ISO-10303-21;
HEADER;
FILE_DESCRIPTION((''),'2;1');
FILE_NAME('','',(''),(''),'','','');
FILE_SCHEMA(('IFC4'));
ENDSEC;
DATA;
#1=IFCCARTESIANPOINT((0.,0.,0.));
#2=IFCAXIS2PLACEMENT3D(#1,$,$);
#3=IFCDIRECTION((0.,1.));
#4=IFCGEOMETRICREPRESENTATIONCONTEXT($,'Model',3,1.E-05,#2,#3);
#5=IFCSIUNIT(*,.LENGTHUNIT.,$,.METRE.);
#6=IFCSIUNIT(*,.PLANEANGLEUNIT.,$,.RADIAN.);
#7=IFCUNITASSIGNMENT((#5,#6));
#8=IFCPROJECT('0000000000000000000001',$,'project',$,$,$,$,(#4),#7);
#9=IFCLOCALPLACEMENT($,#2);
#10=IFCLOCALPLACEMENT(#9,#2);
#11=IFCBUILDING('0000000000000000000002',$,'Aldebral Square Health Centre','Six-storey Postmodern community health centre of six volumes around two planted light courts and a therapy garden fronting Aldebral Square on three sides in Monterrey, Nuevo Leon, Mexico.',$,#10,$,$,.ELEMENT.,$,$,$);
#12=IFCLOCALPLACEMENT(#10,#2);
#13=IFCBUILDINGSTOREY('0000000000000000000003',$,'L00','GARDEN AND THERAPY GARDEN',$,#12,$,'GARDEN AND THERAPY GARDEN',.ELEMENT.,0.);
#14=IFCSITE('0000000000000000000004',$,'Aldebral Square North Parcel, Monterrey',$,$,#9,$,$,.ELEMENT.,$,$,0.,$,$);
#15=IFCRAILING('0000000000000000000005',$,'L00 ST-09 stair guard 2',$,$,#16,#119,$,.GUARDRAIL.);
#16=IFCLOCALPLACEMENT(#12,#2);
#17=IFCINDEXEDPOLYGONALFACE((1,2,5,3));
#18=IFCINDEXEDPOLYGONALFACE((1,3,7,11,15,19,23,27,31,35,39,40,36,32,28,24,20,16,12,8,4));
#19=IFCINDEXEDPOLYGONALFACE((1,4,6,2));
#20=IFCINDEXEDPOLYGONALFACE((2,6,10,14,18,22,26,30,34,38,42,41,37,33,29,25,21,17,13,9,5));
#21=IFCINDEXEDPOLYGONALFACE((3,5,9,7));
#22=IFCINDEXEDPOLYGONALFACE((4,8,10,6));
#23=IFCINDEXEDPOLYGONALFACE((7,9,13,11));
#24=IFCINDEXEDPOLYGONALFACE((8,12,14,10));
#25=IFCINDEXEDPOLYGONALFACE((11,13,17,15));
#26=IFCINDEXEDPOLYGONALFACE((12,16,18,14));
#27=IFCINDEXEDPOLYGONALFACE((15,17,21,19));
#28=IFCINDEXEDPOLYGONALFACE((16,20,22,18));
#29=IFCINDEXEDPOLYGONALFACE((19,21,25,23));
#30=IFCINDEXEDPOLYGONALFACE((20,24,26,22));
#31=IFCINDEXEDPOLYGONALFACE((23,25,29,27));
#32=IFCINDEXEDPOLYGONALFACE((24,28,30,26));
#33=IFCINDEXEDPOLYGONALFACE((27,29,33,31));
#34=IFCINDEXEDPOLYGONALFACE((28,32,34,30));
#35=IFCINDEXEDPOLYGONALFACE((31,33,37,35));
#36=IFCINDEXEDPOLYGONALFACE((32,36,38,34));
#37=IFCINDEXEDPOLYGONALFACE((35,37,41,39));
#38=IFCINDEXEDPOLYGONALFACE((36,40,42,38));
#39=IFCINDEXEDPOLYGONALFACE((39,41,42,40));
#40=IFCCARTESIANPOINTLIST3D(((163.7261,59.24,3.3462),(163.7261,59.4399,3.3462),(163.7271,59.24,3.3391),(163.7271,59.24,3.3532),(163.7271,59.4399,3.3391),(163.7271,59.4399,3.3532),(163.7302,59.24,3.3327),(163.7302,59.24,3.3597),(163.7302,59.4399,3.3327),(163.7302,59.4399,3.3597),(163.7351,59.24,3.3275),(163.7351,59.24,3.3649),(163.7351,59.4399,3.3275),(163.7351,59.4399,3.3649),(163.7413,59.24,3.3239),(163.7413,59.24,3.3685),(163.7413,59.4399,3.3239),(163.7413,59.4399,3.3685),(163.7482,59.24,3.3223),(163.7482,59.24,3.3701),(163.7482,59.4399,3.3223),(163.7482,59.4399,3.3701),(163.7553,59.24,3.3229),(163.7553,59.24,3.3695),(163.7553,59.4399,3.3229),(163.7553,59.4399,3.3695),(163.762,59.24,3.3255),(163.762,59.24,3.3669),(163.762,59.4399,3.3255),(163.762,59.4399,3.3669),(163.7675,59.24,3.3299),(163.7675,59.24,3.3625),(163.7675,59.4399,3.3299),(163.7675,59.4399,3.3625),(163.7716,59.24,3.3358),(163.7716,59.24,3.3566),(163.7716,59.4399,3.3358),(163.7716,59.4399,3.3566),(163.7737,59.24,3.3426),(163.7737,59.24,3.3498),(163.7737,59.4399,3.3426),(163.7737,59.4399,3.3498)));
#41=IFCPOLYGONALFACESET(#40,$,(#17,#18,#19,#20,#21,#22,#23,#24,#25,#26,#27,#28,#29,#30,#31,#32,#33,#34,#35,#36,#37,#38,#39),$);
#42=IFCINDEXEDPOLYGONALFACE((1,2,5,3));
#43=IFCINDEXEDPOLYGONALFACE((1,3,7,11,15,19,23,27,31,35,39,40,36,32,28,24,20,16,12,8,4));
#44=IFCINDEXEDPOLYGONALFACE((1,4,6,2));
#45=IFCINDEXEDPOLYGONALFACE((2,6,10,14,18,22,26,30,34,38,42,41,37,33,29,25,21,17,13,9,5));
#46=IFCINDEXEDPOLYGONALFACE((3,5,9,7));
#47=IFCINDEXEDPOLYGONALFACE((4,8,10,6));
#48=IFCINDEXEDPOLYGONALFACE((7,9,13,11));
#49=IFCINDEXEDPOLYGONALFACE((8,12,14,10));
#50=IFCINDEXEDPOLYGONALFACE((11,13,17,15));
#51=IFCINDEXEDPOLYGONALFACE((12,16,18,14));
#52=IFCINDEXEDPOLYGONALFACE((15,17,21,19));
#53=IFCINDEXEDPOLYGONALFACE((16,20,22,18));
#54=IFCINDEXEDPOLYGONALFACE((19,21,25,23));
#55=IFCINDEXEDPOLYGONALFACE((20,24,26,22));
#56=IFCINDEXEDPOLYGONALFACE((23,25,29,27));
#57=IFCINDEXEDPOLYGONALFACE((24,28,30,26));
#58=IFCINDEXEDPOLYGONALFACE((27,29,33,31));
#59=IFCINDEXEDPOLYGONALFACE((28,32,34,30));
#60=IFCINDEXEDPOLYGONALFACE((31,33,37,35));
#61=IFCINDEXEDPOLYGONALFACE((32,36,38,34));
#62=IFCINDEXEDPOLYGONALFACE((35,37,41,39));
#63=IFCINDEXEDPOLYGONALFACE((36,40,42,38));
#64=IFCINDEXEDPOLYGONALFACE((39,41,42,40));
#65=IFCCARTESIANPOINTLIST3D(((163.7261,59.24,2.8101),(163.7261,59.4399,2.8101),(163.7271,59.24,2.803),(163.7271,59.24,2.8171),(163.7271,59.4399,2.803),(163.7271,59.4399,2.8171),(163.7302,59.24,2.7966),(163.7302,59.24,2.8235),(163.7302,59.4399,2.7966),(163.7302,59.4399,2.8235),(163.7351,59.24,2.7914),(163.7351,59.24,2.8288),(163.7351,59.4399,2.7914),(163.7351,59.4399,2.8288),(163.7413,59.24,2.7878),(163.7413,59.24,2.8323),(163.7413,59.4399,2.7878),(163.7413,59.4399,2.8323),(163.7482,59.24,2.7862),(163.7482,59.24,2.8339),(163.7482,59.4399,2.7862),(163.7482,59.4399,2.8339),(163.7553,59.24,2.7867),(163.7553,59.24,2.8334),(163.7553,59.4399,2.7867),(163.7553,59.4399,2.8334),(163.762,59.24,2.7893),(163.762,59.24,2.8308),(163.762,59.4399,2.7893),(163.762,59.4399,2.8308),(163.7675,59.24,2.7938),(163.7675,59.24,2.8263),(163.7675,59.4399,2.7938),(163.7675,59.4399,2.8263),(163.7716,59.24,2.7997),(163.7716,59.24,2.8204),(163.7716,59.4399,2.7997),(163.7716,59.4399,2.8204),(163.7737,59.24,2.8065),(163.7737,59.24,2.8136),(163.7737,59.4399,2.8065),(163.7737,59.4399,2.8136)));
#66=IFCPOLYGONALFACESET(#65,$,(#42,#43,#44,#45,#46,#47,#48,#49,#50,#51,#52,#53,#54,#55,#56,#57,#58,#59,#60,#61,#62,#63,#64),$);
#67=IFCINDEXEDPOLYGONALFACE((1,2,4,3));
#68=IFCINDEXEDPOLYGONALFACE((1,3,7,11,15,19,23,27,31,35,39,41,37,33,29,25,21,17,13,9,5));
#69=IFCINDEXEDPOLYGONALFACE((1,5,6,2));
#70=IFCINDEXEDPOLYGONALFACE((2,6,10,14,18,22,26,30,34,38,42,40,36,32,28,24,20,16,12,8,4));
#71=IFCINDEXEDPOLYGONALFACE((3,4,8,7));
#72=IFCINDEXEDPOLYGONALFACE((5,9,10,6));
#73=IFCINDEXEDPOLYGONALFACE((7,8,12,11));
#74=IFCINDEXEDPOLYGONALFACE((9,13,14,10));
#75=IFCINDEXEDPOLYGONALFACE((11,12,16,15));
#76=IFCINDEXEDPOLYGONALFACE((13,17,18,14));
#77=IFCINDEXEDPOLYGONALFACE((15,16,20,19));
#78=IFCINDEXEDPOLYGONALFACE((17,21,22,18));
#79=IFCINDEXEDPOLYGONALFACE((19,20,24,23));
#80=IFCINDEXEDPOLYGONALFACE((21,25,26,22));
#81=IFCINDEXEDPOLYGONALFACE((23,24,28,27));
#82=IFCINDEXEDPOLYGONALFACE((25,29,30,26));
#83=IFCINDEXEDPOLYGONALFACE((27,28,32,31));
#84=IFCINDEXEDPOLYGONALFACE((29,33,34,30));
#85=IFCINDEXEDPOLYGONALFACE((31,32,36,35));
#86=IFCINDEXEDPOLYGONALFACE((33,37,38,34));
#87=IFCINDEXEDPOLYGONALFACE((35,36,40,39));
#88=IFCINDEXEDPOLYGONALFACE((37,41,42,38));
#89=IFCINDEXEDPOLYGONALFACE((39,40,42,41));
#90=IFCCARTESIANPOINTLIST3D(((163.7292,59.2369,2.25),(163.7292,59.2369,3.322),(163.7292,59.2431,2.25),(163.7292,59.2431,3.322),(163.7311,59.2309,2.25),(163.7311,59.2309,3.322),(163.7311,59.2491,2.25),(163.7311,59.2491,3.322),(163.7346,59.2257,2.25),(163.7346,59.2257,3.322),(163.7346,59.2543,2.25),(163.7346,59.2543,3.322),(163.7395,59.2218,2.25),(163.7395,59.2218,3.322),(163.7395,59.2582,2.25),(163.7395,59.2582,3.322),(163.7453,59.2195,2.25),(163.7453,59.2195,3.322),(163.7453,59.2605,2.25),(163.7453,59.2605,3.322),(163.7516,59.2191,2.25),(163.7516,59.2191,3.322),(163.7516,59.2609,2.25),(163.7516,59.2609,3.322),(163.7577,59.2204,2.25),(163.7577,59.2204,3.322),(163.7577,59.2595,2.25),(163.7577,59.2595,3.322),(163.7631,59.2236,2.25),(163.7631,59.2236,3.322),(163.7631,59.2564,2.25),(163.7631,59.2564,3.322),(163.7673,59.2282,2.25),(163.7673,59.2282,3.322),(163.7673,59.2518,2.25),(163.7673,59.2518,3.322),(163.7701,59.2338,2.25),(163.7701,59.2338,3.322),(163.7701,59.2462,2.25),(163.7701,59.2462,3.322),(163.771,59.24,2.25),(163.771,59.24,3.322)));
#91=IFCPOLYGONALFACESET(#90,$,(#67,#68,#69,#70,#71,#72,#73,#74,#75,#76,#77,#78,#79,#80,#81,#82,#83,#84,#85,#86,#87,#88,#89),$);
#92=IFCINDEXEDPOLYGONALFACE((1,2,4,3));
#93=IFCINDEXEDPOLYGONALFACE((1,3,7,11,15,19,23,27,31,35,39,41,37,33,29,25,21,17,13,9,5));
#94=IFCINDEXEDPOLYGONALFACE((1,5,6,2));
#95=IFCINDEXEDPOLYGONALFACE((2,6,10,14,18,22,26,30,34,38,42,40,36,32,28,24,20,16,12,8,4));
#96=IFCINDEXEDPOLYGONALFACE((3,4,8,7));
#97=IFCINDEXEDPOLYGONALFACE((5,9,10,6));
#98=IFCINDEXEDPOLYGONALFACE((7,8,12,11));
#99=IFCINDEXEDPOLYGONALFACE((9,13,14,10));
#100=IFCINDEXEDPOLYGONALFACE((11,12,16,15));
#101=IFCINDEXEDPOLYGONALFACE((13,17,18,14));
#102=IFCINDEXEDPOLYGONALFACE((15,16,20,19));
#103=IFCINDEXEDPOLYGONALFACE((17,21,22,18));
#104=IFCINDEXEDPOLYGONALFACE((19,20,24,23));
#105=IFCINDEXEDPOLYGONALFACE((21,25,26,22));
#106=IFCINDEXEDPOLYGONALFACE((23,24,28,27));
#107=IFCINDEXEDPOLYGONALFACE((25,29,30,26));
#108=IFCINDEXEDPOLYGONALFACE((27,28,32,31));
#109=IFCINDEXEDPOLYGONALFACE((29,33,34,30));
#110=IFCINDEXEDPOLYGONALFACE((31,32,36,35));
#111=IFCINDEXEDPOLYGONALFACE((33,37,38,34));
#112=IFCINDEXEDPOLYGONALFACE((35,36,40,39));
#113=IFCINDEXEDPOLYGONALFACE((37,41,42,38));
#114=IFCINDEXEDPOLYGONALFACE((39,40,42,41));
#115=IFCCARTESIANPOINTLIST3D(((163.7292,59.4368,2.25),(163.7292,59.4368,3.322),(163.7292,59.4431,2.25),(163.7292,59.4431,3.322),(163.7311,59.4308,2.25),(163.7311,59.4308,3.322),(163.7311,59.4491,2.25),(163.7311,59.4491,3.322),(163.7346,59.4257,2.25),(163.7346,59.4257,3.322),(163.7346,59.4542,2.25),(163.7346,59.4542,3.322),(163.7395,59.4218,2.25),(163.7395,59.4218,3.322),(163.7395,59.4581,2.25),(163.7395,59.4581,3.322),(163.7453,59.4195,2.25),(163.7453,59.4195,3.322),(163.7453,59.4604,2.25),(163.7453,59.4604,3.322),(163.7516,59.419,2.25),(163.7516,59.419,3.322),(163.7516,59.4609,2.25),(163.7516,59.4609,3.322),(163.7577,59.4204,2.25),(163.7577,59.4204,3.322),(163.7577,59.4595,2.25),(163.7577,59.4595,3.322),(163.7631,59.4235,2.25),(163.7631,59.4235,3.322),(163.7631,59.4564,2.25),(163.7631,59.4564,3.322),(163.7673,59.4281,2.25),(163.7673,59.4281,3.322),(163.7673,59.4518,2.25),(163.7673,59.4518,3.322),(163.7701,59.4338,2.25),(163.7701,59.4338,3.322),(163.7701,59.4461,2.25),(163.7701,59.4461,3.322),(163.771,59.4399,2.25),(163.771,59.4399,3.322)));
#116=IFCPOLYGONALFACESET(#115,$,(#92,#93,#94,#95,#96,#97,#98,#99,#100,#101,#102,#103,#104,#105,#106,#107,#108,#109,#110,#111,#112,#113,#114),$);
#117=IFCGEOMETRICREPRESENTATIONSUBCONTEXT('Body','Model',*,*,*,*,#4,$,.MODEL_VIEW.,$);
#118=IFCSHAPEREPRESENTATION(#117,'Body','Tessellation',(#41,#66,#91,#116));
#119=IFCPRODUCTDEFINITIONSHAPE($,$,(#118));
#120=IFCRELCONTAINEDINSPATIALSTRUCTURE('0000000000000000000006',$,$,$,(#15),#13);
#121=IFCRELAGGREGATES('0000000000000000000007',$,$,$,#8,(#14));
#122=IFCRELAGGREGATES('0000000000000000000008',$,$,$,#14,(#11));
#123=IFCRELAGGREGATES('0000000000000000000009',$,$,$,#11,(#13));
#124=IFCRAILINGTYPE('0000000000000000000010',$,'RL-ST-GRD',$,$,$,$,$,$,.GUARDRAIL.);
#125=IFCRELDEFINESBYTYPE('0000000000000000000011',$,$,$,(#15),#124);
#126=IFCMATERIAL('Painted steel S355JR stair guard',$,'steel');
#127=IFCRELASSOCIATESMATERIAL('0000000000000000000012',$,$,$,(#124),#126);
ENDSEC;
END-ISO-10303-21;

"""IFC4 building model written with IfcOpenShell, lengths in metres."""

from ifc_helpers import new_model, si_unit, direction, frame, origin, origin_2d, place, context, subcontext, project, spatial, circle, extrude, material, type_object, element, save


model = new_model("IFC4")

# Units and contexts
model_context = context("Model", 3, precision=1e-05, world=origin(), true_north=direction((0.0, 1.0)))
body_context = subcontext(model_context, "Body", "Model", "MODEL_VIEW")
ifc_project = project(units=[si_unit("LENGTHUNIT", "METRE"), si_unit("PLANEANGLEUNIT", "RADIAN")], contexts=[model_context])

# Site, building, storey
site_placement = place(None, origin())
site = spatial("IfcSite", under=ifc_project, at=site_placement, Name="Aldebral Square North Parcel, Monterrey", CompositionType="ELEMENT", RefElevation=0.0)
building_placement = place(site_placement, origin())
building = spatial("IfcBuilding", under=site, at=building_placement, Name="Aldebral Square Health Centre", Description="Six-storey Postmodern community health centre of six volumes around two planted light courts and a therapy garden fronting Aldebral Square on three sides in Monterrey, Nuevo Leon, Mexico.", CompositionType="ELEMENT")
storey_placement = place(building_placement, origin())
storey = spatial("IfcBuildingStorey", under=building, at=storey_placement, Name="L00", Description="GARDEN AND THERAPY GARDEN", LongName="GARDEN AND THERAPY GARDEN", CompositionType="ELEMENT", Elevation=0.0)

# Railing
ifc_material_1 = material(Name="Painted steel S355JR stair guard", Category="steel")
railing_type_1 = type_object("IfcRailingType", Name="RL-ST-GRD", PredefinedType="GUARDRAIL", material=ifc_material_1)
railing_1_placement = place(storey_placement, frame((163.75, 59.24, 2.25)))
element("IfcRailing", 1, at=railing_1_placement, inside=storey, type_object=railing_type_1, Name="L00 ST-09 stair guard 2", PredefinedType="GUARDRAIL", context=body_context, shape_type="SweptSolid", body=[
    extrude(circle(Radius=0.0239, at=origin_2d()), frame((0.0, 0.0, 1.0962), z_axis=(0.0, 1.0, 0.0), x_axis=(-1.0, 0.0, 0.0)), (0.0, 0.0, 1.0), 0.2),
    extrude(circle(Radius=0.0239, at=origin_2d()), frame((0.0, 0.0, 0.5601), z_axis=(0.0, 1.0, 0.0), x_axis=(-1.0, 0.0, 0.0)), (0.0, 0.0, 1.0), 0.2),
    extrude(circle(Radius=0.021, at=origin_2d()), origin(), (0.0, 0.0, 1.0), 1.072),
    extrude(circle(Radius=0.021, at=origin_2d()), frame((0.0, 0.2, 0.0)), (0.0, 0.0, 1.0), 1.072),
])

save(model, "model.ifc")
